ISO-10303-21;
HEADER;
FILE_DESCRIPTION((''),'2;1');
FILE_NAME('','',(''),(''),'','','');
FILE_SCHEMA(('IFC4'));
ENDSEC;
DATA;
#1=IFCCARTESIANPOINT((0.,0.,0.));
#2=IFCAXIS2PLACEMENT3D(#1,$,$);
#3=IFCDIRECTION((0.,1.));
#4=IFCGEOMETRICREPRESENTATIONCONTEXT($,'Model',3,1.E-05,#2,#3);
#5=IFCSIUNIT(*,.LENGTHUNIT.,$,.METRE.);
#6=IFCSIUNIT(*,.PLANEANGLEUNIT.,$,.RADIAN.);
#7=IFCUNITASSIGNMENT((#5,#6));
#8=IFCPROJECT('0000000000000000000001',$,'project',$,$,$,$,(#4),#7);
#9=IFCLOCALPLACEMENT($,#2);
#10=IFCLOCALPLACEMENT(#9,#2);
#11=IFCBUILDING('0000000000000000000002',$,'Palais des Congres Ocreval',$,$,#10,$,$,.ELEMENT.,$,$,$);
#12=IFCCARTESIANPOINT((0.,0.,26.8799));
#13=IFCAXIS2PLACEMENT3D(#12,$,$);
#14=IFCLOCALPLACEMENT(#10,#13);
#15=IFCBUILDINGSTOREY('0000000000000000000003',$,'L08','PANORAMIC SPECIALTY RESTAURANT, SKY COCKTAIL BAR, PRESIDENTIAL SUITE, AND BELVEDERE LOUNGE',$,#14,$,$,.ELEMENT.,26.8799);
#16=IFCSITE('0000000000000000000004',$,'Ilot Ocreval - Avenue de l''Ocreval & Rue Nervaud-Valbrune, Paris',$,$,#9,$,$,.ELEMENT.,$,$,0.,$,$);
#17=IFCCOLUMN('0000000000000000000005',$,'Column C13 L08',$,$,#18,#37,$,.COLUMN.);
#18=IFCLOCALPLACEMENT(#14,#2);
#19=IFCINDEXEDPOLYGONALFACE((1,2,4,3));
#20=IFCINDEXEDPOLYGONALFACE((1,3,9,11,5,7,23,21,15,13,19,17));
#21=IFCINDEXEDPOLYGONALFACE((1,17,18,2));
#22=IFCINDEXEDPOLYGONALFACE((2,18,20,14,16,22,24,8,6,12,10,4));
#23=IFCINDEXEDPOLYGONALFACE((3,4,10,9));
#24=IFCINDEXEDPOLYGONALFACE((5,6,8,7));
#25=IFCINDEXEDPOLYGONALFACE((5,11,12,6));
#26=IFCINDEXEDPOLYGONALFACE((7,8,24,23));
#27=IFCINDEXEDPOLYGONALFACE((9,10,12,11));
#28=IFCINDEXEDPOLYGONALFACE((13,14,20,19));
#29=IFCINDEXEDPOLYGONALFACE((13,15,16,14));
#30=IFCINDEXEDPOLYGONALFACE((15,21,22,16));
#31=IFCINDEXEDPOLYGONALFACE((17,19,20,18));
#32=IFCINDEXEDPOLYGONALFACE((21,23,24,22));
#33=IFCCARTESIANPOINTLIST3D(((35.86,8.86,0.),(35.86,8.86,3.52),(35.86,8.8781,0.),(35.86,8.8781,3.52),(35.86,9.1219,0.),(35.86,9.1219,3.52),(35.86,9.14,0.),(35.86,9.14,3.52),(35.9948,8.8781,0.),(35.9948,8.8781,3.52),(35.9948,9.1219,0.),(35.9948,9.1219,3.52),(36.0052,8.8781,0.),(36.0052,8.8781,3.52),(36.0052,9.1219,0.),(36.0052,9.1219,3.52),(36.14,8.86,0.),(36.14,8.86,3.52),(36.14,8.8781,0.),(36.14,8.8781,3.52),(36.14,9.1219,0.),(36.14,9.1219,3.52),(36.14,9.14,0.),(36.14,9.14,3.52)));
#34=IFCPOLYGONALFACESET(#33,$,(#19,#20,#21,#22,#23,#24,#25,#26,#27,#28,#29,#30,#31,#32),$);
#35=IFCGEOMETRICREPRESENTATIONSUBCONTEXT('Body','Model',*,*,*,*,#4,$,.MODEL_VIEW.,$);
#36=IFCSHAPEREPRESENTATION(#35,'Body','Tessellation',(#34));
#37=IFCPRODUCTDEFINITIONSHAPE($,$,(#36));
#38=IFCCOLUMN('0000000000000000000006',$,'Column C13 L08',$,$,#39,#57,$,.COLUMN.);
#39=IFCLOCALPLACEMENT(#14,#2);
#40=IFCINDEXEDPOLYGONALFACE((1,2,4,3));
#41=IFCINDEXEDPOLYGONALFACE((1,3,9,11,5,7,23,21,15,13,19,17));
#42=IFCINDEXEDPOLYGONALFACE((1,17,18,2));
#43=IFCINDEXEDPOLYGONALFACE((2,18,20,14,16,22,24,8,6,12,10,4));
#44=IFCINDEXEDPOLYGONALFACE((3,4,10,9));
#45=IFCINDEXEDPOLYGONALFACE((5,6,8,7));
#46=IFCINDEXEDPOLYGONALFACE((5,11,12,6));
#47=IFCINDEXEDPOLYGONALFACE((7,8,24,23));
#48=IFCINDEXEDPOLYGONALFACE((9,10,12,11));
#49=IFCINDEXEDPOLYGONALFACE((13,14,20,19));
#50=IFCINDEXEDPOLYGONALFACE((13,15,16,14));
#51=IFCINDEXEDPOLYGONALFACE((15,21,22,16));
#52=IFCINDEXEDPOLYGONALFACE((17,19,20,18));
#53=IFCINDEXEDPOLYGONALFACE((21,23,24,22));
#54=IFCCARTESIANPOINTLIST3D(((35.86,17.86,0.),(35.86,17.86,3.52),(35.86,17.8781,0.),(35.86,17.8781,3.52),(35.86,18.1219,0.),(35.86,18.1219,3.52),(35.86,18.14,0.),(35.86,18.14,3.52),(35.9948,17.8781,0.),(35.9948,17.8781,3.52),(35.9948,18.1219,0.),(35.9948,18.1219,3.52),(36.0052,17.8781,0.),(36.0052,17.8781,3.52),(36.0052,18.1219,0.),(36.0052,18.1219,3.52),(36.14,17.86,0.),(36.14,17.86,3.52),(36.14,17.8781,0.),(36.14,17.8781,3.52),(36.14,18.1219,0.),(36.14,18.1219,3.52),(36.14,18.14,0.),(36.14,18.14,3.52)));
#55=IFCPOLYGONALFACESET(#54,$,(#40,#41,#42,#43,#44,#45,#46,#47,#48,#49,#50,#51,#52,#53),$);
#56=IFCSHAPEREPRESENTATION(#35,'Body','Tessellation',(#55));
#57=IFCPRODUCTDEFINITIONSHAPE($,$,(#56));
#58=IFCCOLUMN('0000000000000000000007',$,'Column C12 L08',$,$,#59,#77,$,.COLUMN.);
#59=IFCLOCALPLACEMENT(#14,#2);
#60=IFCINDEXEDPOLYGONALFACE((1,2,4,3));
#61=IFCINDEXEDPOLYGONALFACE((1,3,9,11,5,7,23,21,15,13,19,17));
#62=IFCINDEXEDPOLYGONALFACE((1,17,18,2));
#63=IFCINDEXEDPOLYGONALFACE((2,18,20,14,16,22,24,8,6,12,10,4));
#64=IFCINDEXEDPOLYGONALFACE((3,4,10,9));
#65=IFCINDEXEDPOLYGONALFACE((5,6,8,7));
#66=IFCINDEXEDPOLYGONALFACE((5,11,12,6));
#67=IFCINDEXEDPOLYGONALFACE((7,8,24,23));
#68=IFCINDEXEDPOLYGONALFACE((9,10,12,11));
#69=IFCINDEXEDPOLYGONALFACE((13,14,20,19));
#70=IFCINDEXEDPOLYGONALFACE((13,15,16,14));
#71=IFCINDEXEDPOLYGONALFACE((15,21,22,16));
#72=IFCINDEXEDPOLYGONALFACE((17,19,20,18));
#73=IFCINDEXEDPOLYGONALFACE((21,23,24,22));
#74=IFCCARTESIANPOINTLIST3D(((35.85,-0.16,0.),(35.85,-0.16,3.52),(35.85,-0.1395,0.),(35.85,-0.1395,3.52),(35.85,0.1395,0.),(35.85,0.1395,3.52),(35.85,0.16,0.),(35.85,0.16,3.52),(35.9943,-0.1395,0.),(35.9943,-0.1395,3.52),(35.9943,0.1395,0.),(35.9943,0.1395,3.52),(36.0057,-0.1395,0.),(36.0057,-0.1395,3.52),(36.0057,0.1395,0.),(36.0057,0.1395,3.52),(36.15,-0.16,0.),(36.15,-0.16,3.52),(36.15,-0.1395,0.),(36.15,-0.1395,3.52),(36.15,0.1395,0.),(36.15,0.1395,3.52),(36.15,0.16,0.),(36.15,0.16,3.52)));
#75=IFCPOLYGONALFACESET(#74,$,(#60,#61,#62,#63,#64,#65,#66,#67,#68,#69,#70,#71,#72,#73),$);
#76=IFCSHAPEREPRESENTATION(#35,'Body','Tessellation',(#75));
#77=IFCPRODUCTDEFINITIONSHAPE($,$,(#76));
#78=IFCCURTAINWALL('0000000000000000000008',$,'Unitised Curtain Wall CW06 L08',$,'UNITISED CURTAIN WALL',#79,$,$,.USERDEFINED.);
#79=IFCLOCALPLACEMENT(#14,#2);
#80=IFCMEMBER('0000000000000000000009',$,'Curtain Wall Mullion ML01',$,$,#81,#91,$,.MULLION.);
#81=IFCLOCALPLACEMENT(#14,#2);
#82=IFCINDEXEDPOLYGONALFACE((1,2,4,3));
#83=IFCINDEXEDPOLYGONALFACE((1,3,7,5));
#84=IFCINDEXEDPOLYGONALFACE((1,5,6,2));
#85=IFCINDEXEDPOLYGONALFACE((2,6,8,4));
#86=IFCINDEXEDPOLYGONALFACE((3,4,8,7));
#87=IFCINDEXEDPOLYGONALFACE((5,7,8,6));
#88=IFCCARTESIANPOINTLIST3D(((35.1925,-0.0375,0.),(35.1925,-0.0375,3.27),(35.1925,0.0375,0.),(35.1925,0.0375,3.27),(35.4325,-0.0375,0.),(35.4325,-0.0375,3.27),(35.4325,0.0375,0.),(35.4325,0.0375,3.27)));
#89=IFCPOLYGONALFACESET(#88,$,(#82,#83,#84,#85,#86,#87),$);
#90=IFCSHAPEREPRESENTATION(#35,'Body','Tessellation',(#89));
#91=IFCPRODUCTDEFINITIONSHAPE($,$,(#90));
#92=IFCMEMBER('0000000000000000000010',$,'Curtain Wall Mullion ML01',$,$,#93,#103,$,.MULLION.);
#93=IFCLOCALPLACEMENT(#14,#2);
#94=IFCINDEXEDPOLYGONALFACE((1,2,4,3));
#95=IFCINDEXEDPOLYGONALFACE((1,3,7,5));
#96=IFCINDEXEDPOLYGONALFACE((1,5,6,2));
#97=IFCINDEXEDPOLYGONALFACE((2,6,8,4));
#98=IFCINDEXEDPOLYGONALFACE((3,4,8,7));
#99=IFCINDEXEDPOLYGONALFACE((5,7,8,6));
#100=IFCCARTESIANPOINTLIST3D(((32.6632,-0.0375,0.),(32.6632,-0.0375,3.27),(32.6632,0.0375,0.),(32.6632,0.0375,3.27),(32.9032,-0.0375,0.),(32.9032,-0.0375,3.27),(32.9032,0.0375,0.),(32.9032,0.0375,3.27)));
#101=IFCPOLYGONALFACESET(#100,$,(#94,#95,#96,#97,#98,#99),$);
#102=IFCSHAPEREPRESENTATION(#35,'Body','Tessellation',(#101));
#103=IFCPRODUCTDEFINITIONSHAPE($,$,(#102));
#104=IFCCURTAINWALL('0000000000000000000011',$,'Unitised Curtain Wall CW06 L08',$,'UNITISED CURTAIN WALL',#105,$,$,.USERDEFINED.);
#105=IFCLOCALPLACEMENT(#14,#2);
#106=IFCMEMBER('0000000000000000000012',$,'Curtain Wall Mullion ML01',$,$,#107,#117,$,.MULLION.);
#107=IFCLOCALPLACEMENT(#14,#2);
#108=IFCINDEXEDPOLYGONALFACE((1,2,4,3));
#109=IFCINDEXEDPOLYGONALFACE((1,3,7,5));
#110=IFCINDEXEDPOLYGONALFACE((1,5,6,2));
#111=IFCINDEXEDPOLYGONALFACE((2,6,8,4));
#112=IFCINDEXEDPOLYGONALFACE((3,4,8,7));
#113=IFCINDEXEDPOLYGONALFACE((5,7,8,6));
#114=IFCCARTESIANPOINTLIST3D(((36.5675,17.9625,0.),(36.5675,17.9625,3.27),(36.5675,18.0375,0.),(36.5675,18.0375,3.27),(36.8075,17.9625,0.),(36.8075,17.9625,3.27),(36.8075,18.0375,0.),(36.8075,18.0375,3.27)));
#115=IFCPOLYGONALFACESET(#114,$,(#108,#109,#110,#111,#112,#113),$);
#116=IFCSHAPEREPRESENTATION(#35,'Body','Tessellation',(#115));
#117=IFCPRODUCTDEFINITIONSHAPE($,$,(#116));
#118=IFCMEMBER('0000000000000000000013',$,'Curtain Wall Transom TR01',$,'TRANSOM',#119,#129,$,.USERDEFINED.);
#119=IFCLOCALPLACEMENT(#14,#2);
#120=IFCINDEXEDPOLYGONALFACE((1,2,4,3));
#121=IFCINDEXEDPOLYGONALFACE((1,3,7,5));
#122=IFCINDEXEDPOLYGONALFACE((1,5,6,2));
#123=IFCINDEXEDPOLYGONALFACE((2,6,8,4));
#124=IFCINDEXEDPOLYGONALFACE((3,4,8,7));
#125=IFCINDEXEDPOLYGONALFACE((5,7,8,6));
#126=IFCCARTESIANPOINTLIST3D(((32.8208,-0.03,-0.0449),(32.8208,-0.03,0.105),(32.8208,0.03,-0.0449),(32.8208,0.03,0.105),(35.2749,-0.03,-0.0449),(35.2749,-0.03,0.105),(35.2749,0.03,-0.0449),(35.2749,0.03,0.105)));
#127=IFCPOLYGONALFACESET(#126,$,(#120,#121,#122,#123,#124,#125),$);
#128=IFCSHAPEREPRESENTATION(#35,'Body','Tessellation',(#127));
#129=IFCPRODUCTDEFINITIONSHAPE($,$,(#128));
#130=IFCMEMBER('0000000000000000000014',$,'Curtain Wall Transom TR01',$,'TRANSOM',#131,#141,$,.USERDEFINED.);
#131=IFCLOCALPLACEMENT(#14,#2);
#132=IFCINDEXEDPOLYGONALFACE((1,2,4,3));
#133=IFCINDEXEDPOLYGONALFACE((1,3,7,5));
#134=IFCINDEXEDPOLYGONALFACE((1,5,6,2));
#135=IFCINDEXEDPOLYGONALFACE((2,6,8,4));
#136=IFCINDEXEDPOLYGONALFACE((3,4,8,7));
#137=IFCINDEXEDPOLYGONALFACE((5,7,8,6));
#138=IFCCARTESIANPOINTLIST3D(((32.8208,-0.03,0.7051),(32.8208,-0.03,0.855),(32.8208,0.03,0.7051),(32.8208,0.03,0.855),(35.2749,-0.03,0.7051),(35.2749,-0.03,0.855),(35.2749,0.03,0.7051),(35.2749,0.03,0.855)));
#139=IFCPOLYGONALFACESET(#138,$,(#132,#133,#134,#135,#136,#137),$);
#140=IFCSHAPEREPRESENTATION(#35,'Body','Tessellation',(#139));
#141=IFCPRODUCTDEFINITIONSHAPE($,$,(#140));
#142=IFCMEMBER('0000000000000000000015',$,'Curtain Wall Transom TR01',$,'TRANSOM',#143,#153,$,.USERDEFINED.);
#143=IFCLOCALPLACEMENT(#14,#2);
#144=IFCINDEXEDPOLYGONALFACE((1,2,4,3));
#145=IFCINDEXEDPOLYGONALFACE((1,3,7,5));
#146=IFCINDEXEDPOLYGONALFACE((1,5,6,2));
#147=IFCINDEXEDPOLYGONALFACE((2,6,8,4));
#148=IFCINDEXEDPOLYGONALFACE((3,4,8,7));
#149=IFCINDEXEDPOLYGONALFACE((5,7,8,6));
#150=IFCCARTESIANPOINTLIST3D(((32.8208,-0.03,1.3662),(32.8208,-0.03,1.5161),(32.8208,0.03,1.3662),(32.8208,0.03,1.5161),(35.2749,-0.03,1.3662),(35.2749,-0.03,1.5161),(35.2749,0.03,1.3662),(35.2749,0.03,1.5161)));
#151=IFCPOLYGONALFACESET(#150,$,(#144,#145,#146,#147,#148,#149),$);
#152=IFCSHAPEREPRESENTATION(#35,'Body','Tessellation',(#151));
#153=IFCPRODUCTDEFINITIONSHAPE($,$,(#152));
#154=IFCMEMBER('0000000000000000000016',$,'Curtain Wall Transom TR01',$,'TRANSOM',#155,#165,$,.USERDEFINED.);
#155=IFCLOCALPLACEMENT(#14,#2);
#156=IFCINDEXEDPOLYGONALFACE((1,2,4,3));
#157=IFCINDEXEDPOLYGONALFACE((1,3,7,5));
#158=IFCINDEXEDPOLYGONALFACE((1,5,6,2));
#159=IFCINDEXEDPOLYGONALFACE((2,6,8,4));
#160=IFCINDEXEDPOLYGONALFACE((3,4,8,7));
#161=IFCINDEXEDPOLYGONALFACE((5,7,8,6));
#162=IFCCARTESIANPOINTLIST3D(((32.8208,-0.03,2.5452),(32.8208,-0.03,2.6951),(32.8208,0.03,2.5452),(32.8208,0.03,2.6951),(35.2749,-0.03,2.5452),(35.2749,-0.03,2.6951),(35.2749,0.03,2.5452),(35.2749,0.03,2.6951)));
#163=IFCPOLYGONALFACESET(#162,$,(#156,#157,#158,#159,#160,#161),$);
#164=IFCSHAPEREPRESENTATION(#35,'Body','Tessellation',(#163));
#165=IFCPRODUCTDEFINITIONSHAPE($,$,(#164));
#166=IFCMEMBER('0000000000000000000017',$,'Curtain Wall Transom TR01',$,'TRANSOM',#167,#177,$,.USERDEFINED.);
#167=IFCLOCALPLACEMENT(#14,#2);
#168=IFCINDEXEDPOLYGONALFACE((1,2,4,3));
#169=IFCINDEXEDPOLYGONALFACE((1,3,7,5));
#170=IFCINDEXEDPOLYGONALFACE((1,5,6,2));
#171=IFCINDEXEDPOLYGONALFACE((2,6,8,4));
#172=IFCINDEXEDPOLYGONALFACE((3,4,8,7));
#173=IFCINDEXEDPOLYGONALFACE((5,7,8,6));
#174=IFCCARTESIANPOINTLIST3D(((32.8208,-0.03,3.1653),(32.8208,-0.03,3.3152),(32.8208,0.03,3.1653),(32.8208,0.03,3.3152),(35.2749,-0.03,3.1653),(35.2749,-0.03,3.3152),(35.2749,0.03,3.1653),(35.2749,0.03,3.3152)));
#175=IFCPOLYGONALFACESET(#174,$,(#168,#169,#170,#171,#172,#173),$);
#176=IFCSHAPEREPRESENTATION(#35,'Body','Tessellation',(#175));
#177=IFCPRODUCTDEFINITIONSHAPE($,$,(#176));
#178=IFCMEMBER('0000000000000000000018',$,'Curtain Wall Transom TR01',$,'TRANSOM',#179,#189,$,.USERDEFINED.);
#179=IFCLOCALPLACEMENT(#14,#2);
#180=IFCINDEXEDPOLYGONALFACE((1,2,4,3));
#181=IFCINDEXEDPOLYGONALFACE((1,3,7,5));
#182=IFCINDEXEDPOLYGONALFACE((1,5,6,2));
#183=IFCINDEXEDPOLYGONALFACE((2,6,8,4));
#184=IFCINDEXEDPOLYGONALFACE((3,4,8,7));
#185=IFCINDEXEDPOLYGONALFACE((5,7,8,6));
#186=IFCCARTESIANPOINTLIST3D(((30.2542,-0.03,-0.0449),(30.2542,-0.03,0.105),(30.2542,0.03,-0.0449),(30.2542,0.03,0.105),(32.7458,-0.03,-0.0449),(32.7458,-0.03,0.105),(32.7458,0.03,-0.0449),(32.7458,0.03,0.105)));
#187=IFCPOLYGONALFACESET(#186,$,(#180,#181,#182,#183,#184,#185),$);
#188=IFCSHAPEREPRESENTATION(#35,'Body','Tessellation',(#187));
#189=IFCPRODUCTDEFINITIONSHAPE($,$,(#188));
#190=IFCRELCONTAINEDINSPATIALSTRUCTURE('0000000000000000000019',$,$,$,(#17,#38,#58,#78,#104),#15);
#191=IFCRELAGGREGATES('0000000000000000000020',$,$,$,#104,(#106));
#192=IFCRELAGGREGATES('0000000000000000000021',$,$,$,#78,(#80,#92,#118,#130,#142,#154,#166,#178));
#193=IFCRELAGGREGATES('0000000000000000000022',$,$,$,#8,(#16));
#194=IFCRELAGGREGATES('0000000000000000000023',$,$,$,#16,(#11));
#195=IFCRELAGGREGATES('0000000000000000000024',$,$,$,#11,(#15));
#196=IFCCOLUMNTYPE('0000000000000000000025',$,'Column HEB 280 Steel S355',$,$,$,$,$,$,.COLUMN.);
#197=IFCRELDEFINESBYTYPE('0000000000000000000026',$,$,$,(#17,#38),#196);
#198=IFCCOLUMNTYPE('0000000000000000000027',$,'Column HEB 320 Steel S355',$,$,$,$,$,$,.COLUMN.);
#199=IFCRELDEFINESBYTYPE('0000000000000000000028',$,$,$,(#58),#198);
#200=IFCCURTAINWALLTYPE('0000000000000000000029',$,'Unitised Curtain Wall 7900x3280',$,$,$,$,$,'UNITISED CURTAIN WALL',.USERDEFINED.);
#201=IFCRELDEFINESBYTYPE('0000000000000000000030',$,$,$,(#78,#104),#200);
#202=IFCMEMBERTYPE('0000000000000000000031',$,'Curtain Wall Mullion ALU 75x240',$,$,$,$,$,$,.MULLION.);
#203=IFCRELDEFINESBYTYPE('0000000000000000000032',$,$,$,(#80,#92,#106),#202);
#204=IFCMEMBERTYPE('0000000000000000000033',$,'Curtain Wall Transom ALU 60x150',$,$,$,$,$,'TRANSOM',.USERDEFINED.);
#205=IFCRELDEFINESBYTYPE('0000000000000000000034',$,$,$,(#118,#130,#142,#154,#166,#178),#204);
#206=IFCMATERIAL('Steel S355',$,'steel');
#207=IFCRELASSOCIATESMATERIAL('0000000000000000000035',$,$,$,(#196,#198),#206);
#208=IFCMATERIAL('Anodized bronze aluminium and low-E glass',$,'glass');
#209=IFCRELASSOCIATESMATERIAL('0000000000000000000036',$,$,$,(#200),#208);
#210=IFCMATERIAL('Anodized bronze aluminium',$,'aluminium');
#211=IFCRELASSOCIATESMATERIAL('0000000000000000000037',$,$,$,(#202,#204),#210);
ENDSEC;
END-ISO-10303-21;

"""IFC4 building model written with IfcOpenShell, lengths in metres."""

from ifc_helpers import new_model, si_unit, direction, frame, origin, origin_2d, place, context, subcontext, project, spatial, rectangle, i_section, extrude, material, material_profile, profile_set, type_object, element, aggregate, save


model = new_model("IFC4")

# Units and contexts
model_context = context("Model", 3, precision=1e-05, world=origin(), true_north=direction((0.0, 1.0)))
body_context = subcontext(model_context, "Body", "Model", "MODEL_VIEW")
ifc_project = project(units=[si_unit("LENGTHUNIT", "METRE"), si_unit("PLANEANGLEUNIT", "RADIAN")], contexts=[model_context])

# Site, building, storey
site_placement = place(None, origin())
site = spatial("IfcSite", under=ifc_project, at=site_placement, Name="Ilot Ocreval - Avenue de l'Ocreval & Rue Nervaud-Valbrune, Paris", CompositionType="ELEMENT", RefElevation=0.0)
building_placement = place(site_placement, origin())
building = spatial("IfcBuilding", under=site, at=building_placement, Name="Palais des Congres Ocreval", CompositionType="ELEMENT")
storey_placement = place(building_placement, frame((0.0, 0.0, 26.8799)))
storey = spatial("IfcBuildingStorey", under=building, at=storey_placement, Name="L08", Description="PANORAMIC SPECIALTY RESTAURANT, SKY COCKTAIL BAR, PRESIDENTIAL SUITE, AND BELVEDERE LOUNGE", CompositionType="ELEMENT", Elevation=26.8799)

# Columns
ifc_material_1 = material(Name="Steel S355", Category="steel")
ifc_material_profile_1 = material_profile(ifc_material_1, i_section(OverallWidth=0.28, OverallDepth=0.28, WebThickness=0.0105, FlangeThickness=0.0181, at=origin_2d()), Name="HEB 280")
ifc_profile_set_1 = profile_set([ifc_material_profile_1], Name="Steel S355")
column_type_1 = type_object("IfcColumnType", Name="Column HEB 280 Steel S355", PredefinedType="COLUMN", material=ifc_profile_set_1)
for number, where, z_axis, x_axis, name in (
    (1, (36.0, 9.0, 0.0), (0.0, 0.0, 1.0), (1.0, 0.0, 0.0), "Column C13 L08"),
    (2, (36.0, 18.0, 0.0), (0.0, 0.0, 1.0), (1.0, 0.0, 0.0), "Column C13 L08"),
):
    element("IfcColumn", number, at=place(storey_placement, frame(where, z_axis=z_axis, x_axis=x_axis)), inside=storey, type_object=column_type_1, Name=name, PredefinedType="COLUMN", context=body_context, shape_type="SweptSolid", body=[
        extrude(i_section(OverallWidth=0.28, OverallDepth=0.28, WebThickness=0.0105, FlangeThickness=0.0181, at=origin_2d()), origin(), (0.0, 0.0, 1.0), 3.52),
    ])
ifc_material_profile_2 = material_profile(ifc_material_1, i_section(OverallWidth=0.3, OverallDepth=0.3201, WebThickness=0.0115, FlangeThickness=0.0205, at=origin_2d()), Name="HEB 320")
ifc_profile_set_2 = profile_set([ifc_material_profile_2], Name="Steel S355")
column_type_2 = type_object("IfcColumnType", Name="Column HEB 320 Steel S355", PredefinedType="COLUMN", material=ifc_profile_set_2)
column_placement = place(storey_placement, frame((36.0, 0.0, 0.0), z_axis=(0.0, 0.0, 1.0), x_axis=(1.0, 0.0, 0.0)))
element("IfcColumn", 3, at=column_placement, inside=storey, type_object=column_type_2, Name="Column C12 L08", PredefinedType="COLUMN", context=body_context, shape_type="SweptSolid", body=[
    extrude(i_section(OverallWidth=0.3, OverallDepth=0.3201, WebThickness=0.0115, FlangeThickness=0.0205, at=origin_2d()), origin(), (0.0, 0.0, 1.0), 3.52),
])

# Curtain wall, members
ifc_material_2 = material(Name="Anodized bronze aluminium and low-E glass", Category="glass")
curtain_wall_type = type_object("IfcCurtainWallType", Name="Unitised Curtain Wall 7900x3280", ElementType="UNITISED CURTAIN WALL", PredefinedType="USERDEFINED", material=ifc_material_2)
curtain_wall_1_placement = place(storey_placement, origin())
curtain_wall_1 = element("IfcCurtainWall", 4, at=curtain_wall_1_placement, inside=storey, type_object=curtain_wall_type, Name="Unitised Curtain Wall CW06 L08", ObjectType="UNITISED CURTAIN WALL", PredefinedType="USERDEFINED")
ifc_material_3 = material(Name="Anodized bronze aluminium", Category="aluminium")
ifc_material_profile_3 = material_profile(ifc_material_3, rectangle(XDim=0.075, YDim=0.24, at=origin_2d()), Name="ALU 75x240")
ifc_profile_set_3 = profile_set([ifc_material_profile_3], Name="Anodized bronze aluminium")
member_type_1 = type_object("IfcMemberType", Name="Curtain Wall Mullion ALU 75x240", PredefinedType="MULLION", material=ifc_profile_set_3)
member_1_placement = place(storey_placement, frame((35.3125, 0.0, 0.0), z_axis=(0.0, 0.0, 1.0), x_axis=(0.0, -1.0, 0.0)))
member_1 = element("IfcMember", 5, at=member_1_placement, type_object=member_type_1, Name="Curtain Wall Mullion ML01", PredefinedType="MULLION", context=body_context, shape_type="SweptSolid", body=[
    extrude(rectangle(XDim=0.075, YDim=0.24, at=origin_2d()), origin(), (0.0, 0.0, 1.0), 3.27),
])
member_2_placement = place(storey_placement, frame((32.7832, 0.0, 0.0), z_axis=(0.0, 0.0, 1.0), x_axis=(0.0, -1.0, 0.0)))
member_2 = element("IfcMember", 6, at=member_2_placement, type_object=member_type_1, Name="Curtain Wall Mullion ML01", PredefinedType="MULLION", context=body_context, shape_type="SweptSolid", body=[
    extrude(rectangle(XDim=0.075, YDim=0.24, at=origin_2d()), origin(), (0.0, 0.0, 1.0), 3.27),
])

# Curtain wall, member
curtain_wall_2_placement = place(storey_placement, origin())
curtain_wall_2 = element("IfcCurtainWall", 7, at=curtain_wall_2_placement, inside=storey, type_object=curtain_wall_type, Name="Unitised Curtain Wall CW06 L08", ObjectType="UNITISED CURTAIN WALL", PredefinedType="USERDEFINED")
member_3_placement = place(storey_placement, frame((36.6875, 18.0, 0.0), z_axis=(0.0, 0.0, 1.0), x_axis=(0.0, 1.0, 0.0)))
member_3 = element("IfcMember", 8, at=member_3_placement, type_object=member_type_1, Name="Curtain Wall Mullion ML01", PredefinedType="MULLION", context=body_context, shape_type="SweptSolid", body=[
    extrude(rectangle(XDim=0.075, YDim=0.24, at=origin_2d()), origin(), (0.0, 0.0, 1.0), 3.27),
])

# Members
ifc_material_profile_4 = material_profile(ifc_material_3, rectangle(XDim=0.0601, YDim=0.1499, at=origin_2d()), Name="ALU 60x150")
ifc_profile_set_4 = profile_set([ifc_material_profile_4], Name="Anodized bronze aluminium")
member_type_2 = type_object("IfcMemberType", Name="Curtain Wall Transom ALU 60x150", ElementType="TRANSOM", PredefinedType="USERDEFINED", material=ifc_profile_set_4)
member_4_placement = place(storey_placement, frame((35.2749, 0.0, 0.03), z_axis=(-1.0, 0.0, 0.0), x_axis=(0.0, -1.0, 0.0)))
member_4 = element("IfcMember", 9, at=member_4_placement, type_object=member_type_2, Name="Curtain Wall Transom TR01", ObjectType="TRANSOM", PredefinedType="USERDEFINED", context=body_context, shape_type="SweptSolid", body=[
    extrude(rectangle(XDim=0.0601, YDim=0.1499, at=origin_2d()), origin(), (0.0, 0.0, 1.0), 2.4541),
])
member_5_placement = place(storey_placement, frame((35.2749, 0.0, 0.78), z_axis=(-1.0, 0.0, 0.0), x_axis=(0.0, -1.0, 0.0)))
member_5 = element("IfcMember", 10, at=member_5_placement, type_object=member_type_2, Name="Curtain Wall Transom TR01", ObjectType="TRANSOM", PredefinedType="USERDEFINED", context=body_context, shape_type="SweptSolid", body=[
    extrude(rectangle(XDim=0.0601, YDim=0.1499, at=origin_2d()), origin(), (0.0, 0.0, 1.0), 2.4541),
])
member_6_placement = place(storey_placement, frame((35.2749, 0.0, 1.4412), z_axis=(-1.0, 0.0, 0.0), x_axis=(0.0, -1.0, 0.0)))
member_6 = element("IfcMember", 11, at=member_6_placement, type_object=member_type_2, Name="Curtain Wall Transom TR01", ObjectType="TRANSOM", PredefinedType="USERDEFINED", context=body_context, shape_type="SweptSolid", body=[
    extrude(rectangle(XDim=0.0601, YDim=0.1499, at=origin_2d()), origin(), (0.0, 0.0, 1.0), 2.4541),
])
member_7_placement = place(storey_placement, frame((35.2749, 0.0, 2.6201), z_axis=(-1.0, 0.0, 0.0), x_axis=(0.0, -1.0, 0.0)))
member_7 = element("IfcMember", 12, at=member_7_placement, type_object=member_type_2, Name="Curtain Wall Transom TR01", ObjectType="TRANSOM", PredefinedType="USERDEFINED", context=body_context, shape_type="SweptSolid", body=[
    extrude(rectangle(XDim=0.0601, YDim=0.1499, at=origin_2d()), origin(), (0.0, 0.0, 1.0), 2.4541),
])
member_8_placement = place(storey_placement, frame((35.2749, 0.0, 3.2402), z_axis=(-1.0, 0.0, 0.0), x_axis=(0.0, -1.0, 0.0)))
member_8 = element("IfcMember", 13, at=member_8_placement, type_object=member_type_2, Name="Curtain Wall Transom TR01", ObjectType="TRANSOM", PredefinedType="USERDEFINED", context=body_context, shape_type="SweptSolid", body=[
    extrude(rectangle(XDim=0.0601, YDim=0.1499, at=origin_2d()), origin(), (0.0, 0.0, 1.0), 2.4541),
])
member_9_placement = place(storey_placement, frame((32.7458, 0.0, 0.03), z_axis=(-1.0, 0.0, 0.0), x_axis=(0.0, -1.0, 0.0)))
member_9 = element("IfcMember", 14, at=member_9_placement, type_object=member_type_2, Name="Curtain Wall Transom TR01", ObjectType="TRANSOM", PredefinedType="USERDEFINED", context=body_context, shape_type="SweptSolid", body=[
    extrude(rectangle(XDim=0.0601, YDim=0.1499, at=origin_2d()), origin(), (0.0, 0.0, 1.0), 2.4917),
])

aggregate(curtain_wall_2, [member_3])
aggregate(curtain_wall_1, [member_1, member_2, member_4, member_5, member_6, member_7, member_8, member_9])

save(model, "model.ifc")
